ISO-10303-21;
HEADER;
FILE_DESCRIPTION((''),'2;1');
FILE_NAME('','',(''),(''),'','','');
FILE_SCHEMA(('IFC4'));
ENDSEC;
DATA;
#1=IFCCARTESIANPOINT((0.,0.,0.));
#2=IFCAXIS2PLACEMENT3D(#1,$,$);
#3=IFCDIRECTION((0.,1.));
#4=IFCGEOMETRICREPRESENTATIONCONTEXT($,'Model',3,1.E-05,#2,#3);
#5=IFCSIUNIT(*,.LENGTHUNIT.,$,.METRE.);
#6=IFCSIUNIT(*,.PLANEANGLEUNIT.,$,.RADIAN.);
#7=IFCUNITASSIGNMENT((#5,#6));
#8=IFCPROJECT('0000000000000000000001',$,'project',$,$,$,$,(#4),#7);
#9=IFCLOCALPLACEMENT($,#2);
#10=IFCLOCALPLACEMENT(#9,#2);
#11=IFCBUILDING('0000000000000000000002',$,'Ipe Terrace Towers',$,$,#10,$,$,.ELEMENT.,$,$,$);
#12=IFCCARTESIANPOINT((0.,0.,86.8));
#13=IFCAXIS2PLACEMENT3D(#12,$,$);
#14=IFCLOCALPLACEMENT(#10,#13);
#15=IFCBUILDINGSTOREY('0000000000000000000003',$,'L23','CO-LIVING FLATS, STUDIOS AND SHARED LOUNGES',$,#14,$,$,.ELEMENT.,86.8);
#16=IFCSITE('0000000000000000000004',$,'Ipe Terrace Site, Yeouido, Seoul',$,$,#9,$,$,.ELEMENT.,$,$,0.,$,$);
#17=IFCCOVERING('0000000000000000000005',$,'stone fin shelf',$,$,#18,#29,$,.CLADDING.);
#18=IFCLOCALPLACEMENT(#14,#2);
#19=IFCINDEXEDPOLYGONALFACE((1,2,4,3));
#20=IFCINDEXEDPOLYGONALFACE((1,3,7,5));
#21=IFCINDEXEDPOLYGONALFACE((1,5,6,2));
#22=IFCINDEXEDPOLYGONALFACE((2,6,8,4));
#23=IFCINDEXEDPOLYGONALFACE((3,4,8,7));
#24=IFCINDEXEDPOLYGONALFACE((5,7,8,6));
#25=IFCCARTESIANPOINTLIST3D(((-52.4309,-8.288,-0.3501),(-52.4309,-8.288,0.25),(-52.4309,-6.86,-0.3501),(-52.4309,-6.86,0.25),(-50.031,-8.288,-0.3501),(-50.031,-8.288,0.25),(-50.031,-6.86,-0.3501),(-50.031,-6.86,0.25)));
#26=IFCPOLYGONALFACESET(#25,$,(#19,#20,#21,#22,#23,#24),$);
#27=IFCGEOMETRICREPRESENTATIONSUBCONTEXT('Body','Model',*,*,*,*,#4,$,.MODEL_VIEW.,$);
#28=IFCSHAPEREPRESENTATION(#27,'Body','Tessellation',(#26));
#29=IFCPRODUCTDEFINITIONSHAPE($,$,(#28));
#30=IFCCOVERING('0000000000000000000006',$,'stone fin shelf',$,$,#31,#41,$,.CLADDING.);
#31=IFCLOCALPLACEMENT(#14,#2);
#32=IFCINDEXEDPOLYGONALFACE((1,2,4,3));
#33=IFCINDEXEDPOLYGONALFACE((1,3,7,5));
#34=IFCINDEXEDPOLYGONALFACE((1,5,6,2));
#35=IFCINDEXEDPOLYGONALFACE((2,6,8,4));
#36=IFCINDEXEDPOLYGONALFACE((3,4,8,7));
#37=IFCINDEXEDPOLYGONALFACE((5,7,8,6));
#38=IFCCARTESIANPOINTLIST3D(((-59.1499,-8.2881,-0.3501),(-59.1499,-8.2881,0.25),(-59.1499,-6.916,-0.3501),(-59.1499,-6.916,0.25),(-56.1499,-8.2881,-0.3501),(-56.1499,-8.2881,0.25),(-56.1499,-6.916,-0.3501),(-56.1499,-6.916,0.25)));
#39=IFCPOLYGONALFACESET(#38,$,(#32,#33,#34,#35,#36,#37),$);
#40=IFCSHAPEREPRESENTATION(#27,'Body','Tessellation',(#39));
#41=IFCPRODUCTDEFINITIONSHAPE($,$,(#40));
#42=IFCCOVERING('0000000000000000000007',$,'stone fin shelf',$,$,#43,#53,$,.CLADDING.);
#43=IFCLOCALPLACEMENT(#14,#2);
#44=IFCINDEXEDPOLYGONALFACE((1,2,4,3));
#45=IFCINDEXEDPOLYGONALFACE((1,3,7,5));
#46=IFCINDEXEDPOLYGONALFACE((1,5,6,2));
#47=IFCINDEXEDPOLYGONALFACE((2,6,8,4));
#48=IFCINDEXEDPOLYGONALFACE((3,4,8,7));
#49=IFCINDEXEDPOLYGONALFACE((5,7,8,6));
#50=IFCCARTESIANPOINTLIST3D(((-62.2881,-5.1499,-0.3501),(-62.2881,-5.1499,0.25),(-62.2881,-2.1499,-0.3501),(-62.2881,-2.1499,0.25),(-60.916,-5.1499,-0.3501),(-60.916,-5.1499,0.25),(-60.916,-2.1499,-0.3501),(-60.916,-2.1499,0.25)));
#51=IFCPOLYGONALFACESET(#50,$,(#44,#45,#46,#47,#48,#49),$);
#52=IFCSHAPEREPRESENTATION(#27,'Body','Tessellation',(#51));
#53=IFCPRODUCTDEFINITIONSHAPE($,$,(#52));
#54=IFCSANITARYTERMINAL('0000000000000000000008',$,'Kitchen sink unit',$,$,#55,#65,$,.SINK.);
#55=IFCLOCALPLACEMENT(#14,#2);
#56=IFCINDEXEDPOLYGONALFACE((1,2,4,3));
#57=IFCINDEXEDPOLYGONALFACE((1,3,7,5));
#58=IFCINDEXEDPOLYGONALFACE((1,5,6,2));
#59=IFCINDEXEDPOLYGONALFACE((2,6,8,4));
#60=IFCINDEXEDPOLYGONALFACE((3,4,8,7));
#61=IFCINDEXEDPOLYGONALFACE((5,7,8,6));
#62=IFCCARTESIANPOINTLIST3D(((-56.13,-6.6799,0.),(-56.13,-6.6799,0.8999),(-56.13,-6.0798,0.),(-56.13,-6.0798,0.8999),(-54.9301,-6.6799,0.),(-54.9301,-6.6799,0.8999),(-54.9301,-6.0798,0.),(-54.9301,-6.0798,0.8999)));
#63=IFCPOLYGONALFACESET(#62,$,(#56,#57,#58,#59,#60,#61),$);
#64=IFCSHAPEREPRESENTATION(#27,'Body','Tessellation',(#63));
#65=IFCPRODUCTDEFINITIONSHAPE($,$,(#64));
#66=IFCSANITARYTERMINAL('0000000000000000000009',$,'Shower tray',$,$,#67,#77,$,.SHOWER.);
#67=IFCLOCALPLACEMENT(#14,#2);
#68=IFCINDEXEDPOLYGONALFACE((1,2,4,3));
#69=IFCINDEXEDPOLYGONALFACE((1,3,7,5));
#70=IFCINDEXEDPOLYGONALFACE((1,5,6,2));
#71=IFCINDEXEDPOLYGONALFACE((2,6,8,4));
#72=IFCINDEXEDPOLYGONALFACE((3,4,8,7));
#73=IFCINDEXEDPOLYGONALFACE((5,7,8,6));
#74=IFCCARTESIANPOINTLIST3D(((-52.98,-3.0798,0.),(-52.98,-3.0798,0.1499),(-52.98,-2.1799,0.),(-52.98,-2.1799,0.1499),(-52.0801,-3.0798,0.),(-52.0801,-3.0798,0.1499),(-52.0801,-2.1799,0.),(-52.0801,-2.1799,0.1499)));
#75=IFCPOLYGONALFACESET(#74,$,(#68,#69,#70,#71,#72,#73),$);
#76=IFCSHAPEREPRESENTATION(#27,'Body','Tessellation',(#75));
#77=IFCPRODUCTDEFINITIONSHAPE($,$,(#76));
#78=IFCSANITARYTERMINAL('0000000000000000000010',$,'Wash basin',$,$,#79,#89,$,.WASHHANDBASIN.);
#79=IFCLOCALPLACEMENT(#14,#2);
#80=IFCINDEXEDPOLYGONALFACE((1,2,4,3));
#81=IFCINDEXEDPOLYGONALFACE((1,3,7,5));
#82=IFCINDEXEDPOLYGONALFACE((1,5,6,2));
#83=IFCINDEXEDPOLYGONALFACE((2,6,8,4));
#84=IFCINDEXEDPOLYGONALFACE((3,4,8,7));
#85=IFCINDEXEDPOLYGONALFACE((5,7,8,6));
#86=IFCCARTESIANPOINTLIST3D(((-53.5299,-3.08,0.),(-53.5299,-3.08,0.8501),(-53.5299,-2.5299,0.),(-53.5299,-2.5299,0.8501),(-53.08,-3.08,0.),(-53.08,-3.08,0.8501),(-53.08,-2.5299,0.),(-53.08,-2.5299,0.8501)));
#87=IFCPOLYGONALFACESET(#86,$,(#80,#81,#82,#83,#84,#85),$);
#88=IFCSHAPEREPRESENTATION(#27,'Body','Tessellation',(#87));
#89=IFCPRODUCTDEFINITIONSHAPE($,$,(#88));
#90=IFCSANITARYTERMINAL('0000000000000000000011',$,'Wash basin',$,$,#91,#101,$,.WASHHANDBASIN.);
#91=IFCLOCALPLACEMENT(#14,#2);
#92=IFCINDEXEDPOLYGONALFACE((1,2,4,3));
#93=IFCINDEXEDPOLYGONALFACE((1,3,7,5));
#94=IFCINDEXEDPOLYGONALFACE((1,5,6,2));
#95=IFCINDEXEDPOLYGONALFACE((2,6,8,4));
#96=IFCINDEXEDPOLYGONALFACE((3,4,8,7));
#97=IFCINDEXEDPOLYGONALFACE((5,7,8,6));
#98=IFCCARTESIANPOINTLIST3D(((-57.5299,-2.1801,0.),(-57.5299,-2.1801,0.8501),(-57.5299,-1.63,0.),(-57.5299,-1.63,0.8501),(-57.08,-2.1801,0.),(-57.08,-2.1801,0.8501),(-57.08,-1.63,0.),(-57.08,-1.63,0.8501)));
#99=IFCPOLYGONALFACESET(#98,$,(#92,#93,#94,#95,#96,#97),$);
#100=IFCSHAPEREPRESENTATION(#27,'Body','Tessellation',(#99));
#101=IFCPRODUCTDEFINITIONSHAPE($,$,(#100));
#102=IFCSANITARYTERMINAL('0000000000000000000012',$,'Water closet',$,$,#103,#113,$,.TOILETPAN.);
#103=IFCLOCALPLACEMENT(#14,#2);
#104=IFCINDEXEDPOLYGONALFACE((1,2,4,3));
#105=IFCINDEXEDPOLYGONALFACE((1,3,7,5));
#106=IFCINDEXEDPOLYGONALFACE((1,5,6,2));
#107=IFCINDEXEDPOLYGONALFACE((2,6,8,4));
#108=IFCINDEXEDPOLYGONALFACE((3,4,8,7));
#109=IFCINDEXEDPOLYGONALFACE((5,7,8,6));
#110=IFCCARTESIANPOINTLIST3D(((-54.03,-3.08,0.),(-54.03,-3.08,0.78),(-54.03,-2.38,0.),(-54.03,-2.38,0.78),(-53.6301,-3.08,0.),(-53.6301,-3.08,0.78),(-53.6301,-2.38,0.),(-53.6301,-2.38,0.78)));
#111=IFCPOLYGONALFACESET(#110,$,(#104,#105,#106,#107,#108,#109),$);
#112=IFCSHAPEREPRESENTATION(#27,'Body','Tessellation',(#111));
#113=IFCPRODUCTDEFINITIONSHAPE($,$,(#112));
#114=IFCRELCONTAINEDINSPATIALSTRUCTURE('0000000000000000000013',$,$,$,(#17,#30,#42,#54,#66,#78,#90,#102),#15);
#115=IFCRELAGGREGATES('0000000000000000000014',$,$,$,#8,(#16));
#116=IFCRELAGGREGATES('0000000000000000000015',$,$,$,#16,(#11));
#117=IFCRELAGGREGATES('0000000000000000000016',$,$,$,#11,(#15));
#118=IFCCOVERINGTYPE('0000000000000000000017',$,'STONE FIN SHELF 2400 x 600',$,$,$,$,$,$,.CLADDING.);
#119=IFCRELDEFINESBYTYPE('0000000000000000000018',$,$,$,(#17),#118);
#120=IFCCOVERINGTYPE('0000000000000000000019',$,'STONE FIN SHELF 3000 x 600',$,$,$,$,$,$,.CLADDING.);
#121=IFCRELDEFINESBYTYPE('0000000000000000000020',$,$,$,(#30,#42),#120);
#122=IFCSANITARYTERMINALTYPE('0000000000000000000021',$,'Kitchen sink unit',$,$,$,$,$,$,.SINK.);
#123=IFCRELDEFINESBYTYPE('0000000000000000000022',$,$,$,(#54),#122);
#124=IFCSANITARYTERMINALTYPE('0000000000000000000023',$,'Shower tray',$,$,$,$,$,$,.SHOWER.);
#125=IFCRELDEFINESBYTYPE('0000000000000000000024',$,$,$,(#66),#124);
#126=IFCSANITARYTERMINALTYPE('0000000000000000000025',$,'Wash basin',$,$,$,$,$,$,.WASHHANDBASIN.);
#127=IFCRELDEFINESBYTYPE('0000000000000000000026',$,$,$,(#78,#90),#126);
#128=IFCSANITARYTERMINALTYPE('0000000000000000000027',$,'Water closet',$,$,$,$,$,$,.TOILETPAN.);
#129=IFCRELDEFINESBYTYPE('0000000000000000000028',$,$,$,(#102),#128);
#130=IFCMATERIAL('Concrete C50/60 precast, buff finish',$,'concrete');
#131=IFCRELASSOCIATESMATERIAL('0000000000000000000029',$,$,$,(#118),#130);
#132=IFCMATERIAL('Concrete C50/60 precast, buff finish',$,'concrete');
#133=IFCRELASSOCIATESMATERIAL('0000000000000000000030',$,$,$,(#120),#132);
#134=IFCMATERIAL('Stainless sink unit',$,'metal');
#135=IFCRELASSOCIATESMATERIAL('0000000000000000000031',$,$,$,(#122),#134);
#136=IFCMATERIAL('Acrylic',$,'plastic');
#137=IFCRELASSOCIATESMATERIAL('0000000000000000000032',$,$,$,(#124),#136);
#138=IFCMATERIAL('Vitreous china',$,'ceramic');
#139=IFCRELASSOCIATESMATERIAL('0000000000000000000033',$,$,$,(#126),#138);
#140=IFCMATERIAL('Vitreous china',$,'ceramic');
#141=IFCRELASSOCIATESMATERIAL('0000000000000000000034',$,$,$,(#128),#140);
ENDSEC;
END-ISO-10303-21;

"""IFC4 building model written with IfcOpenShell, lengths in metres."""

from ifc_helpers import new_model, si_unit, direction, frame, origin, origin_2d, place, context, subcontext, project, spatial, rectangle, extrude, material, type_object, element, save


model = new_model("IFC4")

# Units and contexts
model_context = context("Model", 3, precision=1e-05, world=origin(), true_north=direction((0.0, 1.0)))
body_context = subcontext(model_context, "Body", "Model", "MODEL_VIEW")
ifc_project = project(units=[si_unit("LENGTHUNIT", "METRE"), si_unit("PLANEANGLEUNIT", "RADIAN")], contexts=[model_context])

# Site, building, storey
site_placement = place(None, origin())
site = spatial("IfcSite", under=ifc_project, at=site_placement, Name="Ipe Terrace Site, Yeouido, Seoul", CompositionType="ELEMENT", RefElevation=0.0)
building_placement = place(site_placement, origin())
building = spatial("IfcBuilding", under=site, at=building_placement, Name="Ipe Terrace Towers", CompositionType="ELEMENT")
storey_placement = place(building_placement, frame((0.0, 0.0, 86.8)))
storey = spatial("IfcBuildingStorey", under=building, at=storey_placement, Name="L23", Description="CO-LIVING FLATS, STUDIOS AND SHARED LOUNGES", CompositionType="ELEMENT", Elevation=86.8)

# Coverings
ifc_material_1 = material(Name="Concrete C50/60 precast, buff finish", Category="concrete")
covering_type_1 = type_object("IfcCoveringType", Name="STONE FIN SHELF 2400 x 600", PredefinedType="CLADDING", material=ifc_material_1)
covering_placement = place(storey_placement, frame((-51.231, -7.574, -0.3501), z_axis=(0.0, 0.0, 1.0), x_axis=(1.0, 0.0, 0.0)))
element("IfcCovering", 1, at=covering_placement, inside=storey, type_object=covering_type_1, Name="stone fin shelf", PredefinedType="CLADDING", context=body_context, shape_type="SweptSolid", body=[
    extrude(rectangle(XDim=2.3999, YDim=1.428, at=origin_2d()), origin(), (0.0, 0.0, 1.0), 0.6001),
])
ifc_material_2 = material(Name="Concrete C50/60 precast, buff finish", Category="concrete")
covering_type_2 = type_object("IfcCoveringType", Name="STONE FIN SHELF 3000 x 600", PredefinedType="CLADDING", material=ifc_material_2)
for number, where, z_axis, x_axis, name in (
    (2, (-57.6499, -7.6021, -0.3501), (0.0, 0.0, 1.0), (1.0, 0.0, 0.0), "stone fin shelf"),
    (3, (-61.6021, -3.6499, -0.3501), (0.0, 0.0, 1.0), (0.0, -1.0, 0.0), "stone fin shelf"),
):
    element("IfcCovering", number, at=place(storey_placement, frame(where, z_axis=z_axis, x_axis=x_axis)), inside=storey, type_object=covering_type_2, Name=name, PredefinedType="CLADDING", context=body_context, shape_type="SweptSolid", body=[
        extrude(rectangle(XDim=3.0, YDim=1.3721, at=origin_2d()), origin(), (0.0, 0.0, 1.0), 0.6001),
    ])

# Sanitary terminals
ifc_material_3 = material(Name="Stainless sink unit", Category="metal")
sanitary_terminal_type_1 = type_object("IfcSanitaryTerminalType", Name="Kitchen sink unit", PredefinedType="SINK", material=ifc_material_3)
sanitary_terminal_1_placement = place(storey_placement, frame((-55.53, -6.3799, 0.0), z_axis=(0.0, 0.0, 1.0), x_axis=(-1.0, 0.0, 0.0)))
element("IfcSanitaryTerminal", 4, at=sanitary_terminal_1_placement, inside=storey, type_object=sanitary_terminal_type_1, Name="Kitchen sink unit", PredefinedType="SINK", context=body_context, shape_type="SweptSolid", body=[
    extrude(rectangle(XDim=1.2, YDim=0.6001, at=origin_2d()), origin(), (0.0, 0.0, 1.0), 0.8999),
])
ifc_material_4 = material(Name="Acrylic", Category="plastic")
sanitary_terminal_type_2 = type_object("IfcSanitaryTerminalType", Name="Shower tray", PredefinedType="SHOWER", material=ifc_material_4)
sanitary_terminal_2_placement = place(storey_placement, frame((-52.53, -2.6299, 0.0), z_axis=(0.0, 0.0, 1.0), x_axis=(0.0, 1.0, 0.0)))
element("IfcSanitaryTerminal", 5, at=sanitary_terminal_2_placement, inside=storey, type_object=sanitary_terminal_type_2, Name="Shower tray", PredefinedType="SHOWER", context=body_context, shape_type="SweptSolid", body=[
    extrude(rectangle(XDim=0.8999, YDim=0.8999, at=origin_2d()), origin(), (0.0, 0.0, 1.0), 0.1499),
])
ifc_material_5 = material(Name="Vitreous china", Category="ceramic")
sanitary_terminal_type_3 = type_object("IfcSanitaryTerminalType", Name="Wash basin", PredefinedType="WASHHANDBASIN", material=ifc_material_5)
for number, where, z_axis, x_axis, name in (
    (6, (-53.3049, -2.8049, 0.0), (0.0, 0.0, 1.0), (0.0, 1.0, 0.0), "Wash basin"),
    (7, (-57.3049, -1.905, 0.0), (0.0, 0.0, 1.0), (0.0, 1.0, 0.0), "Wash basin"),
):
    element("IfcSanitaryTerminal", number, at=place(storey_placement, frame(where, z_axis=z_axis, x_axis=x_axis)), inside=storey, type_object=sanitary_terminal_type_3, Name=name, PredefinedType="WASHHANDBASIN", context=body_context, shape_type="SweptSolid", body=[
        extrude(rectangle(XDim=0.55, YDim=0.45, at=origin_2d()), origin(), (0.0, 0.0, 1.0), 0.8501),
    ])
ifc_material_6 = material(Name="Vitreous china", Category="ceramic")
sanitary_terminal_type_4 = type_object("IfcSanitaryTerminalType", Name="Water closet", PredefinedType="TOILETPAN", material=ifc_material_6)
sanitary_terminal_3_placement = place(storey_placement, frame((-53.8301, -2.73, 0.0), z_axis=(0.0, 0.0, 1.0), x_axis=(0.0, 1.0, 0.0)))
element("IfcSanitaryTerminal", 8, at=sanitary_terminal_3_placement, inside=storey, type_object=sanitary_terminal_type_4, Name="Water closet", PredefinedType="TOILETPAN", context=body_context, shape_type="SweptSolid", body=[
    extrude(rectangle(XDim=0.7, YDim=0.3999, at=origin_2d()), origin(), (0.0, 0.0, 1.0), 0.78),
])

save(model, "model.ifc")
